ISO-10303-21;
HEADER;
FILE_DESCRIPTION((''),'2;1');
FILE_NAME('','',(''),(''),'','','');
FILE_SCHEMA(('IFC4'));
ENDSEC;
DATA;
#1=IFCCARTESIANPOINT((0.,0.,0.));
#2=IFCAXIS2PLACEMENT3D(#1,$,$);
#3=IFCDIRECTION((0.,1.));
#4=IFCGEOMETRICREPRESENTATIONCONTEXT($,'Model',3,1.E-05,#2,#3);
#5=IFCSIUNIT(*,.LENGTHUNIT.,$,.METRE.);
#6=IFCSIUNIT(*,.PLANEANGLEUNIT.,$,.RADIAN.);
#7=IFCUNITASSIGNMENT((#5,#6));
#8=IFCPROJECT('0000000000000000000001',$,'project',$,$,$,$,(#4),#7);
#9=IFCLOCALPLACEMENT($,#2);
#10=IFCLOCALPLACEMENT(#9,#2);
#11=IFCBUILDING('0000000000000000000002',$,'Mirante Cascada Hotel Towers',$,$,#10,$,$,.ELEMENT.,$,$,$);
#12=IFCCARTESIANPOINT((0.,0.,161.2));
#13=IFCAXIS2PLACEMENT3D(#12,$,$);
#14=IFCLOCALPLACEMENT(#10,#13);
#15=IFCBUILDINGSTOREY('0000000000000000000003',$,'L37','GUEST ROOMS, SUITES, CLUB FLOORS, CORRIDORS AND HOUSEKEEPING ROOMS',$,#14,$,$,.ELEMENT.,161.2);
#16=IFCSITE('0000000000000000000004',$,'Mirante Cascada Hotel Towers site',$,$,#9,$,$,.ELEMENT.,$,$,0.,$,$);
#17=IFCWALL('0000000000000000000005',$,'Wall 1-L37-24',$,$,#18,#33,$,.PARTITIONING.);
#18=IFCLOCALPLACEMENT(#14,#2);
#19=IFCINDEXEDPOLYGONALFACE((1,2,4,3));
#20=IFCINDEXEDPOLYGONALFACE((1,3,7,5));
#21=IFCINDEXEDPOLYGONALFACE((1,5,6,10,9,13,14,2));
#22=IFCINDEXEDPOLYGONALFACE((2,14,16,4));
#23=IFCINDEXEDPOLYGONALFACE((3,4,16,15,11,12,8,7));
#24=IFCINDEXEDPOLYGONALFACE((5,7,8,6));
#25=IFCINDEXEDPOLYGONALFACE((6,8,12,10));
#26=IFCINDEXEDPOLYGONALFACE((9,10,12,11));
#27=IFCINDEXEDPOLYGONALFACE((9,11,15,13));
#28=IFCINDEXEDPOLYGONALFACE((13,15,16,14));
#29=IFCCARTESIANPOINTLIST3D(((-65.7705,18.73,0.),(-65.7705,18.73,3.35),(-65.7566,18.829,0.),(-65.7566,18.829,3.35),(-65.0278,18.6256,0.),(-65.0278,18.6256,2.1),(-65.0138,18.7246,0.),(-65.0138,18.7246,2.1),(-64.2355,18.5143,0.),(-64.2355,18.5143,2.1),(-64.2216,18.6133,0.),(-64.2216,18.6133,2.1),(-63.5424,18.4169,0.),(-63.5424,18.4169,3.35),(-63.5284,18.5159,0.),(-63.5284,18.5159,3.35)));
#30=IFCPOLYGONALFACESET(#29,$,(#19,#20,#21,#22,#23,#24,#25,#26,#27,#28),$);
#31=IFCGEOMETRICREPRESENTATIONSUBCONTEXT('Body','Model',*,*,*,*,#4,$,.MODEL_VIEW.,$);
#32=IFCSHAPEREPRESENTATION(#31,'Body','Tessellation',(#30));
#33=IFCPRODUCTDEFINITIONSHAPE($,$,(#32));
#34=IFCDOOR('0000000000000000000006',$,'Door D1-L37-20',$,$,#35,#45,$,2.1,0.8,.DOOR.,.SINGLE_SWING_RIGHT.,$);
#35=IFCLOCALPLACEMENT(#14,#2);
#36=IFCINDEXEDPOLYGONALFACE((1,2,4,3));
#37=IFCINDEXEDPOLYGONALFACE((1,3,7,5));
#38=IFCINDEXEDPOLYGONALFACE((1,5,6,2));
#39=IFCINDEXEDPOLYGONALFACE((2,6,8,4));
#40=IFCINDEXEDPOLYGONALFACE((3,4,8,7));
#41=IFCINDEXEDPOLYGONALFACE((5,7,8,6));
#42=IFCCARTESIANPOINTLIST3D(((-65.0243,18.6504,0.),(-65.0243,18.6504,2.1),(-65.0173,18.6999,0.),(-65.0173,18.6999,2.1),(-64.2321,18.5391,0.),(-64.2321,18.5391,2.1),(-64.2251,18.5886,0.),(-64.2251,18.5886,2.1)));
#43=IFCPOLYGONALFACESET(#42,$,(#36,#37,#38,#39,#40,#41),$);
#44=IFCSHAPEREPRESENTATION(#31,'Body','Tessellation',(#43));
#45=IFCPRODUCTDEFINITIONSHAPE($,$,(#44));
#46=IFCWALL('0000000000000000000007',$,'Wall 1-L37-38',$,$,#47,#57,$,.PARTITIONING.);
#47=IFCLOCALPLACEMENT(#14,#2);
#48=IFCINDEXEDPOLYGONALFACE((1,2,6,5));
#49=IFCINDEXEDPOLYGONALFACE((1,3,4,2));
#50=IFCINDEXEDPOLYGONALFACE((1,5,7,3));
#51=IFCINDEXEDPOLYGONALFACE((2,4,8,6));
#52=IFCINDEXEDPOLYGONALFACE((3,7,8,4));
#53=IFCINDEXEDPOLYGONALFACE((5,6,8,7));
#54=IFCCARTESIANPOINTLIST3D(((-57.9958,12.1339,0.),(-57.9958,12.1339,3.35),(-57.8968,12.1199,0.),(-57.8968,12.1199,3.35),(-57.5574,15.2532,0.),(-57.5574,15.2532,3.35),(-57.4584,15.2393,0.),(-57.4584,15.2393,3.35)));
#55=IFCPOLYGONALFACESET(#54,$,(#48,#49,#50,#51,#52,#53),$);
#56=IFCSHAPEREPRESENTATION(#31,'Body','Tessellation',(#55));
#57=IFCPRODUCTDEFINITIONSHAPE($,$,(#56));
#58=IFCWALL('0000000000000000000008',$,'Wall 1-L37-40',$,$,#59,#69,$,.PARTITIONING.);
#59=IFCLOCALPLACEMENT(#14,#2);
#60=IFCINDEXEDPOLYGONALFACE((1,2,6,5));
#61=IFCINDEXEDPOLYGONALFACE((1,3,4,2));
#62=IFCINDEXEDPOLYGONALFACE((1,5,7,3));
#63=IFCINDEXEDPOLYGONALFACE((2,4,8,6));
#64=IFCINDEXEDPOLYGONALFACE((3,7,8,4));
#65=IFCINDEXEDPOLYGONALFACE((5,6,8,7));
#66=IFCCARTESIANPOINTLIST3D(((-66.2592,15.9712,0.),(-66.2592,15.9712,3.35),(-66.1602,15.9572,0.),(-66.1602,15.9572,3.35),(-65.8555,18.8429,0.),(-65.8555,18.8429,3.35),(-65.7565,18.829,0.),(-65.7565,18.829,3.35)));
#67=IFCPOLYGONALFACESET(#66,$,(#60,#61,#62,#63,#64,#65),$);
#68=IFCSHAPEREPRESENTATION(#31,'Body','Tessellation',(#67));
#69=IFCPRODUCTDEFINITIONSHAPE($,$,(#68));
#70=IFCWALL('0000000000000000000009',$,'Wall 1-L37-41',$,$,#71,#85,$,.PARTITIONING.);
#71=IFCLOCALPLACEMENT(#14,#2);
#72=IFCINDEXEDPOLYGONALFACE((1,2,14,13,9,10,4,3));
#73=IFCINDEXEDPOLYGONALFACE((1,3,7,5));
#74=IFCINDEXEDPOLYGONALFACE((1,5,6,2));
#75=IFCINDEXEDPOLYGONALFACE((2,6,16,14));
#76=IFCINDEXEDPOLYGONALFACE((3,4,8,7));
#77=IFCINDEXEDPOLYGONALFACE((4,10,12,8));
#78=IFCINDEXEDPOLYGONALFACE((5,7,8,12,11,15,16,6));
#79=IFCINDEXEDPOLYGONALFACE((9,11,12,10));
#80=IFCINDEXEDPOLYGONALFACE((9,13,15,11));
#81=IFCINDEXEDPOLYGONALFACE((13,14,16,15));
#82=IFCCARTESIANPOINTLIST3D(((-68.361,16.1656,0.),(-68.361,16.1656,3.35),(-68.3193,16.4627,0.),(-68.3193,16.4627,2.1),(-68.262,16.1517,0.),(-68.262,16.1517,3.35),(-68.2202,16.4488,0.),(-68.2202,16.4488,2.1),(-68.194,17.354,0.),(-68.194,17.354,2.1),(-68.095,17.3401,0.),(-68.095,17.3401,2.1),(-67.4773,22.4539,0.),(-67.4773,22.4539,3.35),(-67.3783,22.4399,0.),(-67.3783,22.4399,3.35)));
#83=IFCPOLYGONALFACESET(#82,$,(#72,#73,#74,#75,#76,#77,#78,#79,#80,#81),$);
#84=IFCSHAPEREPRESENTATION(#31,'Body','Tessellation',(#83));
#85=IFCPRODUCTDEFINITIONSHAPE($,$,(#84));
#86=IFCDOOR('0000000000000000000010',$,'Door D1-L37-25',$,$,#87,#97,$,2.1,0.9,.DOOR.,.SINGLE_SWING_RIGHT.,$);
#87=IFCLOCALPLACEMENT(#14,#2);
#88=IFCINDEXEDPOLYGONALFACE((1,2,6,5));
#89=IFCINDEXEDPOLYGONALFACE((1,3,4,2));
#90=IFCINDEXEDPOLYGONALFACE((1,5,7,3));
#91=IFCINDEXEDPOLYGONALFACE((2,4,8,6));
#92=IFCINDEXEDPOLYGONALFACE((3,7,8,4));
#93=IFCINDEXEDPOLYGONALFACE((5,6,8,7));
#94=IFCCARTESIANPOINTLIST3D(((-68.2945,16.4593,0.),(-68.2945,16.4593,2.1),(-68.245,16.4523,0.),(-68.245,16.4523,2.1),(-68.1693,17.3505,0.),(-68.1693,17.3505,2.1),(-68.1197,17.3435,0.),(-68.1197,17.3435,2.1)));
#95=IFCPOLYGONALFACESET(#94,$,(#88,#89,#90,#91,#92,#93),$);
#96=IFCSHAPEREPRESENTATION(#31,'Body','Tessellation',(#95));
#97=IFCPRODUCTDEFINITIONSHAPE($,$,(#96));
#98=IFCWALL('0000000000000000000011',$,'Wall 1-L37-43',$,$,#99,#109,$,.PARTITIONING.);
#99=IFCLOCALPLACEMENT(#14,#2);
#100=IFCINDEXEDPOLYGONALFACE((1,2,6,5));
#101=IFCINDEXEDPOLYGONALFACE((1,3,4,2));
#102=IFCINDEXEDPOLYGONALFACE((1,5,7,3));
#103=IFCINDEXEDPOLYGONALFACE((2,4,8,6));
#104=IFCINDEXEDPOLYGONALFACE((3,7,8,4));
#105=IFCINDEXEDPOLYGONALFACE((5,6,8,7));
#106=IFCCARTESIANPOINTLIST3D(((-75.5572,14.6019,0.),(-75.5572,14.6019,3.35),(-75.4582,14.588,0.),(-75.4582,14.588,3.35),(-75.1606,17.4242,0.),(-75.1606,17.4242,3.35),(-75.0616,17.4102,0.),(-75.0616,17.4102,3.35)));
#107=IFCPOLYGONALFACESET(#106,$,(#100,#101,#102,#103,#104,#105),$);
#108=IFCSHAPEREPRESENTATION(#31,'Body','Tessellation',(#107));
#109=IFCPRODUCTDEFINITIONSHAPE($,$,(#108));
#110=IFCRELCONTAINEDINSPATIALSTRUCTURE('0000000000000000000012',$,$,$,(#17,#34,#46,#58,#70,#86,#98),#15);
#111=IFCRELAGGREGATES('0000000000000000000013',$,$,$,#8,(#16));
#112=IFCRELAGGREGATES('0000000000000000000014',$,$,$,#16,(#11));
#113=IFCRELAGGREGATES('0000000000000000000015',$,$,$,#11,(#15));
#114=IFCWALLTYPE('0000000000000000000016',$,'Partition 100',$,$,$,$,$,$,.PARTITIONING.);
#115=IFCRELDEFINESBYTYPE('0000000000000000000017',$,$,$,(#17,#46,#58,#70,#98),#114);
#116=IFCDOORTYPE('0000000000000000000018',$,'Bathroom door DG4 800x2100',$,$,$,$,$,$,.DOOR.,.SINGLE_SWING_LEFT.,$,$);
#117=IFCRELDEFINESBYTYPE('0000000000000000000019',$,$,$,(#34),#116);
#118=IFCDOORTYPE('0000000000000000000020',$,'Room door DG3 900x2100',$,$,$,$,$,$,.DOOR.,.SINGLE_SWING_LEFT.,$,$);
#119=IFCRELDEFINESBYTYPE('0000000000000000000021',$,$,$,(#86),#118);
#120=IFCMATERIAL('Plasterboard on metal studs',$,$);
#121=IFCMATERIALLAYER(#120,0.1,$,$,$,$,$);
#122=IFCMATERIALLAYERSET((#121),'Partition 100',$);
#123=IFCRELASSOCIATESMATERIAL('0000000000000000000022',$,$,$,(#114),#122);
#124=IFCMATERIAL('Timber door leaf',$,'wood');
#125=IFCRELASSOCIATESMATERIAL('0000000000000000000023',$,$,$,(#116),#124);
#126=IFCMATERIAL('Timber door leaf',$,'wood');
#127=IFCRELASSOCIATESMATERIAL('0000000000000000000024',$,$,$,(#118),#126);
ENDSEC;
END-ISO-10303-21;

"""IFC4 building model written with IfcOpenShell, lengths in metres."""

from ifc_helpers import new_model, si_unit, direction, frame, frame_2d, origin, place, context, subcontext, project, spatial, rectangle, extrude, material, layer, layer_set, type_object, element, fill, save


model = new_model("IFC4")

# Units and contexts
model_context = context("Model", 3, precision=1e-05, world=origin(), true_north=direction((0.0, 1.0)))
body_context = subcontext(model_context, "Body", "Model", "MODEL_VIEW")
ifc_project = project(units=[si_unit("LENGTHUNIT", "METRE"), si_unit("PLANEANGLEUNIT", "RADIAN")], contexts=[model_context])

# Site, building, storey
site_placement = place(None, origin())
site = spatial("IfcSite", under=ifc_project, at=site_placement, Name="Mirante Cascada Hotel Towers site", CompositionType="ELEMENT", RefElevation=0.0)
building_placement = place(site_placement, origin())
building = spatial("IfcBuilding", under=site, at=building_placement, Name="Mirante Cascada Hotel Towers", CompositionType="ELEMENT")
storey_placement = place(building_placement, frame((0.0, 0.0, 161.2)))
storey = spatial("IfcBuildingStorey", under=building, at=storey_placement, Name="L37", Description="GUEST ROOMS, SUITES, CLUB FLOORS, CORRIDORS AND HOUSEKEEPING ROOMS", CompositionType="ELEMENT", Elevation=161.2)

# Shared definitions
ifc_material_1 = material(Name="Plasterboard on metal studs")
ifc_layer_1 = layer(ifc_material_1, 0.1)
ifc_layer_set_1 = layer_set([ifc_layer_1], Name="Partition 100")
wall_type_1 = type_object("IfcWallType", Name="Partition 100", PredefinedType="PARTITIONING", material=ifc_layer_set_1)

# Wall, opening, door
ifc_material_2 = material(Name="Timber door leaf", Category="wood")
door_type_1 = type_object("IfcDoorType", Name="Bathroom door DG4 800x2100", OperationType="SINGLE_SWING_LEFT", PredefinedType="DOOR", material=ifc_material_2)
ifc_material_3 = material(Name="Timber door leaf", Category="wood")
door_type_2 = type_object("IfcDoorType", Name="Room door DG3 900x2100", OperationType="SINGLE_SWING_LEFT", PredefinedType="DOOR", material=ifc_material_3)
wall_1_placement = place(storey_placement, frame((-63.5354, 18.4664, 0.0), z_axis=(0.0, 0.0, 1.0), x_axis=(-0.990271, 0.139156, 0.0)))
wall_1 = element("IfcWall", 1, at=wall_1_placement, inside=storey, type_object=wall_type_1, Name="Wall 1-L37-24", PredefinedType="PARTITIONING", context=body_context, shape_type="SweptSolid", body=[
    extrude(rectangle(XDim=2.25, YDim=0.1, at=frame_2d((1.125, 0.0))), origin(), (0.0, 0.0, 1.0), 3.35),
])
opening_1_placement = place(wall_1_placement, frame((0.7, 0.0, 0.0)))
opening_1 = element("IfcOpeningElement", 2, at=opening_1_placement, cuts=wall_1, PredefinedType="OPENING", context=body_context, shape_type="SweptSolid", body=[
    extrude(rectangle(XDim=0.8, YDim=2.1, at=frame_2d((0.4, 1.05))), frame((0.0, 0.05, 0.0), z_axis=(0.0, -1.0, 0.0), x_axis=(1.0, 0.0, 0.0)), (0.0, 0.0, 1.0), 0.1),
])
door_1_placement = place(opening_1_placement, frame((0.8, 0.0, 0.0), z_axis=(0.0, 0.0, 1.0), x_axis=(-1.0, 0.0, 0.0)))
door_1 = element("IfcDoor", 3, at=door_1_placement, inside=storey, type_object=door_type_1, Name="Door D1-L37-20", OperationType="SINGLE_SWING_RIGHT", OverallHeight=2.1, OverallWidth=0.8, PredefinedType="DOOR", context=body_context, shape_type="SweptSolid", body=[
    extrude(rectangle(XDim=0.8, YDim=2.1, at=frame_2d((0.4, 1.05))), frame((0.0, 0.025, 0.0), z_axis=(0.0, -1.0, 0.0), x_axis=(1.0, 0.0, 0.0)), (0.0, 0.0, 1.0), 0.05),
])
fill(opening_1, door_1)

# Walls
wall_2_placement = place(storey_placement, frame((-57.9463, 12.1269, 0.0), z_axis=(0.0, 0.0, 1.0), x_axis=(0.139177, 0.990268, 0.0)))
element("IfcWall", 4, at=wall_2_placement, inside=storey, type_object=wall_type_1, Name="Wall 1-L37-38", PredefinedType="PARTITIONING", context=body_context, shape_type="SweptSolid", body=[
    extrude(rectangle(XDim=3.15, YDim=0.1, at=frame_2d((1.575, 0.0))), origin(), (0.0, 0.0, 1.0), 3.35),
])
wall_3_placement = place(storey_placement, frame((-66.2097, 15.9642, 0.0), z_axis=(0.0, 0.0, 1.0), x_axis=(0.139205, 0.990264, 0.0)))
element("IfcWall", 5, at=wall_3_placement, inside=storey, type_object=wall_type_1, Name="Wall 1-L37-40", PredefinedType="PARTITIONING", context=body_context, shape_type="SweptSolid", body=[
    extrude(rectangle(XDim=2.9, YDim=0.1, at=frame_2d((1.45, 0.0))), origin(), (0.0, 0.0, 1.0), 3.35),
])

# Wall, opening, door
wall_4_placement = place(storey_placement, frame((-67.4278, 22.4469, 0.0), z_axis=(0.0, 0.0, 1.0), x_axis=(-0.139166, -0.990269, 0.0)))
wall_4 = element("IfcWall", 6, at=wall_4_placement, inside=storey, type_object=wall_type_1, Name="Wall 1-L37-41", PredefinedType="PARTITIONING", context=body_context, shape_type="SweptSolid", body=[
    extrude(rectangle(XDim=6.35, YDim=0.1, at=frame_2d((3.175, 0.0))), origin(), (0.0, 0.0, 1.0), 3.35),
])
opening_2_placement = place(wall_4_placement, frame((5.15, 0.0, 0.0)))
opening_2 = element("IfcOpeningElement", 7, at=opening_2_placement, cuts=wall_4, PredefinedType="OPENING", context=body_context, shape_type="SweptSolid", body=[
    extrude(rectangle(XDim=0.9, YDim=2.1, at=frame_2d((0.45, 1.05))), frame((0.0, 0.05, 0.0), z_axis=(0.0, -1.0, 0.0), x_axis=(1.0, 0.0, 0.0)), (0.0, 0.0, 1.0), 0.1),
])
door_2_placement = place(opening_2_placement, frame((0.9, 0.0, 0.0), z_axis=(0.0, 0.0, 1.0), x_axis=(-1.0, 0.0, 0.0)))
door_2 = element("IfcDoor", 8, at=door_2_placement, inside=storey, type_object=door_type_2, Name="Door D1-L37-25", OperationType="SINGLE_SWING_RIGHT", OverallHeight=2.1, OverallWidth=0.9, PredefinedType="DOOR", context=body_context, shape_type="SweptSolid", body=[
    extrude(rectangle(XDim=0.9, YDim=2.1, at=frame_2d((0.45, 1.05))), frame((0.0, 0.025, 0.0), z_axis=(0.0, -1.0, 0.0), x_axis=(1.0, 0.0, 0.0)), (0.0, 0.0, 1.0), 0.05),
])
fill(opening_2, door_2)

# Wall
wall_5_placement = place(storey_placement, frame((-75.1111, 17.4172, 0.0), z_axis=(0.0, 0.0, 1.0), x_axis=(-0.139156, -0.99027, 0.0)))
element("IfcWall", 9, at=wall_5_placement, inside=storey, type_object=wall_type_1, Name="Wall 1-L37-43", PredefinedType="PARTITIONING", context=body_context, shape_type="SweptSolid", body=[
    extrude(rectangle(XDim=2.85, YDim=0.1, at=frame_2d((1.425, 0.0))), origin(), (0.0, 0.0, 1.0), 3.35),
])

save(model, "model.ifc")
